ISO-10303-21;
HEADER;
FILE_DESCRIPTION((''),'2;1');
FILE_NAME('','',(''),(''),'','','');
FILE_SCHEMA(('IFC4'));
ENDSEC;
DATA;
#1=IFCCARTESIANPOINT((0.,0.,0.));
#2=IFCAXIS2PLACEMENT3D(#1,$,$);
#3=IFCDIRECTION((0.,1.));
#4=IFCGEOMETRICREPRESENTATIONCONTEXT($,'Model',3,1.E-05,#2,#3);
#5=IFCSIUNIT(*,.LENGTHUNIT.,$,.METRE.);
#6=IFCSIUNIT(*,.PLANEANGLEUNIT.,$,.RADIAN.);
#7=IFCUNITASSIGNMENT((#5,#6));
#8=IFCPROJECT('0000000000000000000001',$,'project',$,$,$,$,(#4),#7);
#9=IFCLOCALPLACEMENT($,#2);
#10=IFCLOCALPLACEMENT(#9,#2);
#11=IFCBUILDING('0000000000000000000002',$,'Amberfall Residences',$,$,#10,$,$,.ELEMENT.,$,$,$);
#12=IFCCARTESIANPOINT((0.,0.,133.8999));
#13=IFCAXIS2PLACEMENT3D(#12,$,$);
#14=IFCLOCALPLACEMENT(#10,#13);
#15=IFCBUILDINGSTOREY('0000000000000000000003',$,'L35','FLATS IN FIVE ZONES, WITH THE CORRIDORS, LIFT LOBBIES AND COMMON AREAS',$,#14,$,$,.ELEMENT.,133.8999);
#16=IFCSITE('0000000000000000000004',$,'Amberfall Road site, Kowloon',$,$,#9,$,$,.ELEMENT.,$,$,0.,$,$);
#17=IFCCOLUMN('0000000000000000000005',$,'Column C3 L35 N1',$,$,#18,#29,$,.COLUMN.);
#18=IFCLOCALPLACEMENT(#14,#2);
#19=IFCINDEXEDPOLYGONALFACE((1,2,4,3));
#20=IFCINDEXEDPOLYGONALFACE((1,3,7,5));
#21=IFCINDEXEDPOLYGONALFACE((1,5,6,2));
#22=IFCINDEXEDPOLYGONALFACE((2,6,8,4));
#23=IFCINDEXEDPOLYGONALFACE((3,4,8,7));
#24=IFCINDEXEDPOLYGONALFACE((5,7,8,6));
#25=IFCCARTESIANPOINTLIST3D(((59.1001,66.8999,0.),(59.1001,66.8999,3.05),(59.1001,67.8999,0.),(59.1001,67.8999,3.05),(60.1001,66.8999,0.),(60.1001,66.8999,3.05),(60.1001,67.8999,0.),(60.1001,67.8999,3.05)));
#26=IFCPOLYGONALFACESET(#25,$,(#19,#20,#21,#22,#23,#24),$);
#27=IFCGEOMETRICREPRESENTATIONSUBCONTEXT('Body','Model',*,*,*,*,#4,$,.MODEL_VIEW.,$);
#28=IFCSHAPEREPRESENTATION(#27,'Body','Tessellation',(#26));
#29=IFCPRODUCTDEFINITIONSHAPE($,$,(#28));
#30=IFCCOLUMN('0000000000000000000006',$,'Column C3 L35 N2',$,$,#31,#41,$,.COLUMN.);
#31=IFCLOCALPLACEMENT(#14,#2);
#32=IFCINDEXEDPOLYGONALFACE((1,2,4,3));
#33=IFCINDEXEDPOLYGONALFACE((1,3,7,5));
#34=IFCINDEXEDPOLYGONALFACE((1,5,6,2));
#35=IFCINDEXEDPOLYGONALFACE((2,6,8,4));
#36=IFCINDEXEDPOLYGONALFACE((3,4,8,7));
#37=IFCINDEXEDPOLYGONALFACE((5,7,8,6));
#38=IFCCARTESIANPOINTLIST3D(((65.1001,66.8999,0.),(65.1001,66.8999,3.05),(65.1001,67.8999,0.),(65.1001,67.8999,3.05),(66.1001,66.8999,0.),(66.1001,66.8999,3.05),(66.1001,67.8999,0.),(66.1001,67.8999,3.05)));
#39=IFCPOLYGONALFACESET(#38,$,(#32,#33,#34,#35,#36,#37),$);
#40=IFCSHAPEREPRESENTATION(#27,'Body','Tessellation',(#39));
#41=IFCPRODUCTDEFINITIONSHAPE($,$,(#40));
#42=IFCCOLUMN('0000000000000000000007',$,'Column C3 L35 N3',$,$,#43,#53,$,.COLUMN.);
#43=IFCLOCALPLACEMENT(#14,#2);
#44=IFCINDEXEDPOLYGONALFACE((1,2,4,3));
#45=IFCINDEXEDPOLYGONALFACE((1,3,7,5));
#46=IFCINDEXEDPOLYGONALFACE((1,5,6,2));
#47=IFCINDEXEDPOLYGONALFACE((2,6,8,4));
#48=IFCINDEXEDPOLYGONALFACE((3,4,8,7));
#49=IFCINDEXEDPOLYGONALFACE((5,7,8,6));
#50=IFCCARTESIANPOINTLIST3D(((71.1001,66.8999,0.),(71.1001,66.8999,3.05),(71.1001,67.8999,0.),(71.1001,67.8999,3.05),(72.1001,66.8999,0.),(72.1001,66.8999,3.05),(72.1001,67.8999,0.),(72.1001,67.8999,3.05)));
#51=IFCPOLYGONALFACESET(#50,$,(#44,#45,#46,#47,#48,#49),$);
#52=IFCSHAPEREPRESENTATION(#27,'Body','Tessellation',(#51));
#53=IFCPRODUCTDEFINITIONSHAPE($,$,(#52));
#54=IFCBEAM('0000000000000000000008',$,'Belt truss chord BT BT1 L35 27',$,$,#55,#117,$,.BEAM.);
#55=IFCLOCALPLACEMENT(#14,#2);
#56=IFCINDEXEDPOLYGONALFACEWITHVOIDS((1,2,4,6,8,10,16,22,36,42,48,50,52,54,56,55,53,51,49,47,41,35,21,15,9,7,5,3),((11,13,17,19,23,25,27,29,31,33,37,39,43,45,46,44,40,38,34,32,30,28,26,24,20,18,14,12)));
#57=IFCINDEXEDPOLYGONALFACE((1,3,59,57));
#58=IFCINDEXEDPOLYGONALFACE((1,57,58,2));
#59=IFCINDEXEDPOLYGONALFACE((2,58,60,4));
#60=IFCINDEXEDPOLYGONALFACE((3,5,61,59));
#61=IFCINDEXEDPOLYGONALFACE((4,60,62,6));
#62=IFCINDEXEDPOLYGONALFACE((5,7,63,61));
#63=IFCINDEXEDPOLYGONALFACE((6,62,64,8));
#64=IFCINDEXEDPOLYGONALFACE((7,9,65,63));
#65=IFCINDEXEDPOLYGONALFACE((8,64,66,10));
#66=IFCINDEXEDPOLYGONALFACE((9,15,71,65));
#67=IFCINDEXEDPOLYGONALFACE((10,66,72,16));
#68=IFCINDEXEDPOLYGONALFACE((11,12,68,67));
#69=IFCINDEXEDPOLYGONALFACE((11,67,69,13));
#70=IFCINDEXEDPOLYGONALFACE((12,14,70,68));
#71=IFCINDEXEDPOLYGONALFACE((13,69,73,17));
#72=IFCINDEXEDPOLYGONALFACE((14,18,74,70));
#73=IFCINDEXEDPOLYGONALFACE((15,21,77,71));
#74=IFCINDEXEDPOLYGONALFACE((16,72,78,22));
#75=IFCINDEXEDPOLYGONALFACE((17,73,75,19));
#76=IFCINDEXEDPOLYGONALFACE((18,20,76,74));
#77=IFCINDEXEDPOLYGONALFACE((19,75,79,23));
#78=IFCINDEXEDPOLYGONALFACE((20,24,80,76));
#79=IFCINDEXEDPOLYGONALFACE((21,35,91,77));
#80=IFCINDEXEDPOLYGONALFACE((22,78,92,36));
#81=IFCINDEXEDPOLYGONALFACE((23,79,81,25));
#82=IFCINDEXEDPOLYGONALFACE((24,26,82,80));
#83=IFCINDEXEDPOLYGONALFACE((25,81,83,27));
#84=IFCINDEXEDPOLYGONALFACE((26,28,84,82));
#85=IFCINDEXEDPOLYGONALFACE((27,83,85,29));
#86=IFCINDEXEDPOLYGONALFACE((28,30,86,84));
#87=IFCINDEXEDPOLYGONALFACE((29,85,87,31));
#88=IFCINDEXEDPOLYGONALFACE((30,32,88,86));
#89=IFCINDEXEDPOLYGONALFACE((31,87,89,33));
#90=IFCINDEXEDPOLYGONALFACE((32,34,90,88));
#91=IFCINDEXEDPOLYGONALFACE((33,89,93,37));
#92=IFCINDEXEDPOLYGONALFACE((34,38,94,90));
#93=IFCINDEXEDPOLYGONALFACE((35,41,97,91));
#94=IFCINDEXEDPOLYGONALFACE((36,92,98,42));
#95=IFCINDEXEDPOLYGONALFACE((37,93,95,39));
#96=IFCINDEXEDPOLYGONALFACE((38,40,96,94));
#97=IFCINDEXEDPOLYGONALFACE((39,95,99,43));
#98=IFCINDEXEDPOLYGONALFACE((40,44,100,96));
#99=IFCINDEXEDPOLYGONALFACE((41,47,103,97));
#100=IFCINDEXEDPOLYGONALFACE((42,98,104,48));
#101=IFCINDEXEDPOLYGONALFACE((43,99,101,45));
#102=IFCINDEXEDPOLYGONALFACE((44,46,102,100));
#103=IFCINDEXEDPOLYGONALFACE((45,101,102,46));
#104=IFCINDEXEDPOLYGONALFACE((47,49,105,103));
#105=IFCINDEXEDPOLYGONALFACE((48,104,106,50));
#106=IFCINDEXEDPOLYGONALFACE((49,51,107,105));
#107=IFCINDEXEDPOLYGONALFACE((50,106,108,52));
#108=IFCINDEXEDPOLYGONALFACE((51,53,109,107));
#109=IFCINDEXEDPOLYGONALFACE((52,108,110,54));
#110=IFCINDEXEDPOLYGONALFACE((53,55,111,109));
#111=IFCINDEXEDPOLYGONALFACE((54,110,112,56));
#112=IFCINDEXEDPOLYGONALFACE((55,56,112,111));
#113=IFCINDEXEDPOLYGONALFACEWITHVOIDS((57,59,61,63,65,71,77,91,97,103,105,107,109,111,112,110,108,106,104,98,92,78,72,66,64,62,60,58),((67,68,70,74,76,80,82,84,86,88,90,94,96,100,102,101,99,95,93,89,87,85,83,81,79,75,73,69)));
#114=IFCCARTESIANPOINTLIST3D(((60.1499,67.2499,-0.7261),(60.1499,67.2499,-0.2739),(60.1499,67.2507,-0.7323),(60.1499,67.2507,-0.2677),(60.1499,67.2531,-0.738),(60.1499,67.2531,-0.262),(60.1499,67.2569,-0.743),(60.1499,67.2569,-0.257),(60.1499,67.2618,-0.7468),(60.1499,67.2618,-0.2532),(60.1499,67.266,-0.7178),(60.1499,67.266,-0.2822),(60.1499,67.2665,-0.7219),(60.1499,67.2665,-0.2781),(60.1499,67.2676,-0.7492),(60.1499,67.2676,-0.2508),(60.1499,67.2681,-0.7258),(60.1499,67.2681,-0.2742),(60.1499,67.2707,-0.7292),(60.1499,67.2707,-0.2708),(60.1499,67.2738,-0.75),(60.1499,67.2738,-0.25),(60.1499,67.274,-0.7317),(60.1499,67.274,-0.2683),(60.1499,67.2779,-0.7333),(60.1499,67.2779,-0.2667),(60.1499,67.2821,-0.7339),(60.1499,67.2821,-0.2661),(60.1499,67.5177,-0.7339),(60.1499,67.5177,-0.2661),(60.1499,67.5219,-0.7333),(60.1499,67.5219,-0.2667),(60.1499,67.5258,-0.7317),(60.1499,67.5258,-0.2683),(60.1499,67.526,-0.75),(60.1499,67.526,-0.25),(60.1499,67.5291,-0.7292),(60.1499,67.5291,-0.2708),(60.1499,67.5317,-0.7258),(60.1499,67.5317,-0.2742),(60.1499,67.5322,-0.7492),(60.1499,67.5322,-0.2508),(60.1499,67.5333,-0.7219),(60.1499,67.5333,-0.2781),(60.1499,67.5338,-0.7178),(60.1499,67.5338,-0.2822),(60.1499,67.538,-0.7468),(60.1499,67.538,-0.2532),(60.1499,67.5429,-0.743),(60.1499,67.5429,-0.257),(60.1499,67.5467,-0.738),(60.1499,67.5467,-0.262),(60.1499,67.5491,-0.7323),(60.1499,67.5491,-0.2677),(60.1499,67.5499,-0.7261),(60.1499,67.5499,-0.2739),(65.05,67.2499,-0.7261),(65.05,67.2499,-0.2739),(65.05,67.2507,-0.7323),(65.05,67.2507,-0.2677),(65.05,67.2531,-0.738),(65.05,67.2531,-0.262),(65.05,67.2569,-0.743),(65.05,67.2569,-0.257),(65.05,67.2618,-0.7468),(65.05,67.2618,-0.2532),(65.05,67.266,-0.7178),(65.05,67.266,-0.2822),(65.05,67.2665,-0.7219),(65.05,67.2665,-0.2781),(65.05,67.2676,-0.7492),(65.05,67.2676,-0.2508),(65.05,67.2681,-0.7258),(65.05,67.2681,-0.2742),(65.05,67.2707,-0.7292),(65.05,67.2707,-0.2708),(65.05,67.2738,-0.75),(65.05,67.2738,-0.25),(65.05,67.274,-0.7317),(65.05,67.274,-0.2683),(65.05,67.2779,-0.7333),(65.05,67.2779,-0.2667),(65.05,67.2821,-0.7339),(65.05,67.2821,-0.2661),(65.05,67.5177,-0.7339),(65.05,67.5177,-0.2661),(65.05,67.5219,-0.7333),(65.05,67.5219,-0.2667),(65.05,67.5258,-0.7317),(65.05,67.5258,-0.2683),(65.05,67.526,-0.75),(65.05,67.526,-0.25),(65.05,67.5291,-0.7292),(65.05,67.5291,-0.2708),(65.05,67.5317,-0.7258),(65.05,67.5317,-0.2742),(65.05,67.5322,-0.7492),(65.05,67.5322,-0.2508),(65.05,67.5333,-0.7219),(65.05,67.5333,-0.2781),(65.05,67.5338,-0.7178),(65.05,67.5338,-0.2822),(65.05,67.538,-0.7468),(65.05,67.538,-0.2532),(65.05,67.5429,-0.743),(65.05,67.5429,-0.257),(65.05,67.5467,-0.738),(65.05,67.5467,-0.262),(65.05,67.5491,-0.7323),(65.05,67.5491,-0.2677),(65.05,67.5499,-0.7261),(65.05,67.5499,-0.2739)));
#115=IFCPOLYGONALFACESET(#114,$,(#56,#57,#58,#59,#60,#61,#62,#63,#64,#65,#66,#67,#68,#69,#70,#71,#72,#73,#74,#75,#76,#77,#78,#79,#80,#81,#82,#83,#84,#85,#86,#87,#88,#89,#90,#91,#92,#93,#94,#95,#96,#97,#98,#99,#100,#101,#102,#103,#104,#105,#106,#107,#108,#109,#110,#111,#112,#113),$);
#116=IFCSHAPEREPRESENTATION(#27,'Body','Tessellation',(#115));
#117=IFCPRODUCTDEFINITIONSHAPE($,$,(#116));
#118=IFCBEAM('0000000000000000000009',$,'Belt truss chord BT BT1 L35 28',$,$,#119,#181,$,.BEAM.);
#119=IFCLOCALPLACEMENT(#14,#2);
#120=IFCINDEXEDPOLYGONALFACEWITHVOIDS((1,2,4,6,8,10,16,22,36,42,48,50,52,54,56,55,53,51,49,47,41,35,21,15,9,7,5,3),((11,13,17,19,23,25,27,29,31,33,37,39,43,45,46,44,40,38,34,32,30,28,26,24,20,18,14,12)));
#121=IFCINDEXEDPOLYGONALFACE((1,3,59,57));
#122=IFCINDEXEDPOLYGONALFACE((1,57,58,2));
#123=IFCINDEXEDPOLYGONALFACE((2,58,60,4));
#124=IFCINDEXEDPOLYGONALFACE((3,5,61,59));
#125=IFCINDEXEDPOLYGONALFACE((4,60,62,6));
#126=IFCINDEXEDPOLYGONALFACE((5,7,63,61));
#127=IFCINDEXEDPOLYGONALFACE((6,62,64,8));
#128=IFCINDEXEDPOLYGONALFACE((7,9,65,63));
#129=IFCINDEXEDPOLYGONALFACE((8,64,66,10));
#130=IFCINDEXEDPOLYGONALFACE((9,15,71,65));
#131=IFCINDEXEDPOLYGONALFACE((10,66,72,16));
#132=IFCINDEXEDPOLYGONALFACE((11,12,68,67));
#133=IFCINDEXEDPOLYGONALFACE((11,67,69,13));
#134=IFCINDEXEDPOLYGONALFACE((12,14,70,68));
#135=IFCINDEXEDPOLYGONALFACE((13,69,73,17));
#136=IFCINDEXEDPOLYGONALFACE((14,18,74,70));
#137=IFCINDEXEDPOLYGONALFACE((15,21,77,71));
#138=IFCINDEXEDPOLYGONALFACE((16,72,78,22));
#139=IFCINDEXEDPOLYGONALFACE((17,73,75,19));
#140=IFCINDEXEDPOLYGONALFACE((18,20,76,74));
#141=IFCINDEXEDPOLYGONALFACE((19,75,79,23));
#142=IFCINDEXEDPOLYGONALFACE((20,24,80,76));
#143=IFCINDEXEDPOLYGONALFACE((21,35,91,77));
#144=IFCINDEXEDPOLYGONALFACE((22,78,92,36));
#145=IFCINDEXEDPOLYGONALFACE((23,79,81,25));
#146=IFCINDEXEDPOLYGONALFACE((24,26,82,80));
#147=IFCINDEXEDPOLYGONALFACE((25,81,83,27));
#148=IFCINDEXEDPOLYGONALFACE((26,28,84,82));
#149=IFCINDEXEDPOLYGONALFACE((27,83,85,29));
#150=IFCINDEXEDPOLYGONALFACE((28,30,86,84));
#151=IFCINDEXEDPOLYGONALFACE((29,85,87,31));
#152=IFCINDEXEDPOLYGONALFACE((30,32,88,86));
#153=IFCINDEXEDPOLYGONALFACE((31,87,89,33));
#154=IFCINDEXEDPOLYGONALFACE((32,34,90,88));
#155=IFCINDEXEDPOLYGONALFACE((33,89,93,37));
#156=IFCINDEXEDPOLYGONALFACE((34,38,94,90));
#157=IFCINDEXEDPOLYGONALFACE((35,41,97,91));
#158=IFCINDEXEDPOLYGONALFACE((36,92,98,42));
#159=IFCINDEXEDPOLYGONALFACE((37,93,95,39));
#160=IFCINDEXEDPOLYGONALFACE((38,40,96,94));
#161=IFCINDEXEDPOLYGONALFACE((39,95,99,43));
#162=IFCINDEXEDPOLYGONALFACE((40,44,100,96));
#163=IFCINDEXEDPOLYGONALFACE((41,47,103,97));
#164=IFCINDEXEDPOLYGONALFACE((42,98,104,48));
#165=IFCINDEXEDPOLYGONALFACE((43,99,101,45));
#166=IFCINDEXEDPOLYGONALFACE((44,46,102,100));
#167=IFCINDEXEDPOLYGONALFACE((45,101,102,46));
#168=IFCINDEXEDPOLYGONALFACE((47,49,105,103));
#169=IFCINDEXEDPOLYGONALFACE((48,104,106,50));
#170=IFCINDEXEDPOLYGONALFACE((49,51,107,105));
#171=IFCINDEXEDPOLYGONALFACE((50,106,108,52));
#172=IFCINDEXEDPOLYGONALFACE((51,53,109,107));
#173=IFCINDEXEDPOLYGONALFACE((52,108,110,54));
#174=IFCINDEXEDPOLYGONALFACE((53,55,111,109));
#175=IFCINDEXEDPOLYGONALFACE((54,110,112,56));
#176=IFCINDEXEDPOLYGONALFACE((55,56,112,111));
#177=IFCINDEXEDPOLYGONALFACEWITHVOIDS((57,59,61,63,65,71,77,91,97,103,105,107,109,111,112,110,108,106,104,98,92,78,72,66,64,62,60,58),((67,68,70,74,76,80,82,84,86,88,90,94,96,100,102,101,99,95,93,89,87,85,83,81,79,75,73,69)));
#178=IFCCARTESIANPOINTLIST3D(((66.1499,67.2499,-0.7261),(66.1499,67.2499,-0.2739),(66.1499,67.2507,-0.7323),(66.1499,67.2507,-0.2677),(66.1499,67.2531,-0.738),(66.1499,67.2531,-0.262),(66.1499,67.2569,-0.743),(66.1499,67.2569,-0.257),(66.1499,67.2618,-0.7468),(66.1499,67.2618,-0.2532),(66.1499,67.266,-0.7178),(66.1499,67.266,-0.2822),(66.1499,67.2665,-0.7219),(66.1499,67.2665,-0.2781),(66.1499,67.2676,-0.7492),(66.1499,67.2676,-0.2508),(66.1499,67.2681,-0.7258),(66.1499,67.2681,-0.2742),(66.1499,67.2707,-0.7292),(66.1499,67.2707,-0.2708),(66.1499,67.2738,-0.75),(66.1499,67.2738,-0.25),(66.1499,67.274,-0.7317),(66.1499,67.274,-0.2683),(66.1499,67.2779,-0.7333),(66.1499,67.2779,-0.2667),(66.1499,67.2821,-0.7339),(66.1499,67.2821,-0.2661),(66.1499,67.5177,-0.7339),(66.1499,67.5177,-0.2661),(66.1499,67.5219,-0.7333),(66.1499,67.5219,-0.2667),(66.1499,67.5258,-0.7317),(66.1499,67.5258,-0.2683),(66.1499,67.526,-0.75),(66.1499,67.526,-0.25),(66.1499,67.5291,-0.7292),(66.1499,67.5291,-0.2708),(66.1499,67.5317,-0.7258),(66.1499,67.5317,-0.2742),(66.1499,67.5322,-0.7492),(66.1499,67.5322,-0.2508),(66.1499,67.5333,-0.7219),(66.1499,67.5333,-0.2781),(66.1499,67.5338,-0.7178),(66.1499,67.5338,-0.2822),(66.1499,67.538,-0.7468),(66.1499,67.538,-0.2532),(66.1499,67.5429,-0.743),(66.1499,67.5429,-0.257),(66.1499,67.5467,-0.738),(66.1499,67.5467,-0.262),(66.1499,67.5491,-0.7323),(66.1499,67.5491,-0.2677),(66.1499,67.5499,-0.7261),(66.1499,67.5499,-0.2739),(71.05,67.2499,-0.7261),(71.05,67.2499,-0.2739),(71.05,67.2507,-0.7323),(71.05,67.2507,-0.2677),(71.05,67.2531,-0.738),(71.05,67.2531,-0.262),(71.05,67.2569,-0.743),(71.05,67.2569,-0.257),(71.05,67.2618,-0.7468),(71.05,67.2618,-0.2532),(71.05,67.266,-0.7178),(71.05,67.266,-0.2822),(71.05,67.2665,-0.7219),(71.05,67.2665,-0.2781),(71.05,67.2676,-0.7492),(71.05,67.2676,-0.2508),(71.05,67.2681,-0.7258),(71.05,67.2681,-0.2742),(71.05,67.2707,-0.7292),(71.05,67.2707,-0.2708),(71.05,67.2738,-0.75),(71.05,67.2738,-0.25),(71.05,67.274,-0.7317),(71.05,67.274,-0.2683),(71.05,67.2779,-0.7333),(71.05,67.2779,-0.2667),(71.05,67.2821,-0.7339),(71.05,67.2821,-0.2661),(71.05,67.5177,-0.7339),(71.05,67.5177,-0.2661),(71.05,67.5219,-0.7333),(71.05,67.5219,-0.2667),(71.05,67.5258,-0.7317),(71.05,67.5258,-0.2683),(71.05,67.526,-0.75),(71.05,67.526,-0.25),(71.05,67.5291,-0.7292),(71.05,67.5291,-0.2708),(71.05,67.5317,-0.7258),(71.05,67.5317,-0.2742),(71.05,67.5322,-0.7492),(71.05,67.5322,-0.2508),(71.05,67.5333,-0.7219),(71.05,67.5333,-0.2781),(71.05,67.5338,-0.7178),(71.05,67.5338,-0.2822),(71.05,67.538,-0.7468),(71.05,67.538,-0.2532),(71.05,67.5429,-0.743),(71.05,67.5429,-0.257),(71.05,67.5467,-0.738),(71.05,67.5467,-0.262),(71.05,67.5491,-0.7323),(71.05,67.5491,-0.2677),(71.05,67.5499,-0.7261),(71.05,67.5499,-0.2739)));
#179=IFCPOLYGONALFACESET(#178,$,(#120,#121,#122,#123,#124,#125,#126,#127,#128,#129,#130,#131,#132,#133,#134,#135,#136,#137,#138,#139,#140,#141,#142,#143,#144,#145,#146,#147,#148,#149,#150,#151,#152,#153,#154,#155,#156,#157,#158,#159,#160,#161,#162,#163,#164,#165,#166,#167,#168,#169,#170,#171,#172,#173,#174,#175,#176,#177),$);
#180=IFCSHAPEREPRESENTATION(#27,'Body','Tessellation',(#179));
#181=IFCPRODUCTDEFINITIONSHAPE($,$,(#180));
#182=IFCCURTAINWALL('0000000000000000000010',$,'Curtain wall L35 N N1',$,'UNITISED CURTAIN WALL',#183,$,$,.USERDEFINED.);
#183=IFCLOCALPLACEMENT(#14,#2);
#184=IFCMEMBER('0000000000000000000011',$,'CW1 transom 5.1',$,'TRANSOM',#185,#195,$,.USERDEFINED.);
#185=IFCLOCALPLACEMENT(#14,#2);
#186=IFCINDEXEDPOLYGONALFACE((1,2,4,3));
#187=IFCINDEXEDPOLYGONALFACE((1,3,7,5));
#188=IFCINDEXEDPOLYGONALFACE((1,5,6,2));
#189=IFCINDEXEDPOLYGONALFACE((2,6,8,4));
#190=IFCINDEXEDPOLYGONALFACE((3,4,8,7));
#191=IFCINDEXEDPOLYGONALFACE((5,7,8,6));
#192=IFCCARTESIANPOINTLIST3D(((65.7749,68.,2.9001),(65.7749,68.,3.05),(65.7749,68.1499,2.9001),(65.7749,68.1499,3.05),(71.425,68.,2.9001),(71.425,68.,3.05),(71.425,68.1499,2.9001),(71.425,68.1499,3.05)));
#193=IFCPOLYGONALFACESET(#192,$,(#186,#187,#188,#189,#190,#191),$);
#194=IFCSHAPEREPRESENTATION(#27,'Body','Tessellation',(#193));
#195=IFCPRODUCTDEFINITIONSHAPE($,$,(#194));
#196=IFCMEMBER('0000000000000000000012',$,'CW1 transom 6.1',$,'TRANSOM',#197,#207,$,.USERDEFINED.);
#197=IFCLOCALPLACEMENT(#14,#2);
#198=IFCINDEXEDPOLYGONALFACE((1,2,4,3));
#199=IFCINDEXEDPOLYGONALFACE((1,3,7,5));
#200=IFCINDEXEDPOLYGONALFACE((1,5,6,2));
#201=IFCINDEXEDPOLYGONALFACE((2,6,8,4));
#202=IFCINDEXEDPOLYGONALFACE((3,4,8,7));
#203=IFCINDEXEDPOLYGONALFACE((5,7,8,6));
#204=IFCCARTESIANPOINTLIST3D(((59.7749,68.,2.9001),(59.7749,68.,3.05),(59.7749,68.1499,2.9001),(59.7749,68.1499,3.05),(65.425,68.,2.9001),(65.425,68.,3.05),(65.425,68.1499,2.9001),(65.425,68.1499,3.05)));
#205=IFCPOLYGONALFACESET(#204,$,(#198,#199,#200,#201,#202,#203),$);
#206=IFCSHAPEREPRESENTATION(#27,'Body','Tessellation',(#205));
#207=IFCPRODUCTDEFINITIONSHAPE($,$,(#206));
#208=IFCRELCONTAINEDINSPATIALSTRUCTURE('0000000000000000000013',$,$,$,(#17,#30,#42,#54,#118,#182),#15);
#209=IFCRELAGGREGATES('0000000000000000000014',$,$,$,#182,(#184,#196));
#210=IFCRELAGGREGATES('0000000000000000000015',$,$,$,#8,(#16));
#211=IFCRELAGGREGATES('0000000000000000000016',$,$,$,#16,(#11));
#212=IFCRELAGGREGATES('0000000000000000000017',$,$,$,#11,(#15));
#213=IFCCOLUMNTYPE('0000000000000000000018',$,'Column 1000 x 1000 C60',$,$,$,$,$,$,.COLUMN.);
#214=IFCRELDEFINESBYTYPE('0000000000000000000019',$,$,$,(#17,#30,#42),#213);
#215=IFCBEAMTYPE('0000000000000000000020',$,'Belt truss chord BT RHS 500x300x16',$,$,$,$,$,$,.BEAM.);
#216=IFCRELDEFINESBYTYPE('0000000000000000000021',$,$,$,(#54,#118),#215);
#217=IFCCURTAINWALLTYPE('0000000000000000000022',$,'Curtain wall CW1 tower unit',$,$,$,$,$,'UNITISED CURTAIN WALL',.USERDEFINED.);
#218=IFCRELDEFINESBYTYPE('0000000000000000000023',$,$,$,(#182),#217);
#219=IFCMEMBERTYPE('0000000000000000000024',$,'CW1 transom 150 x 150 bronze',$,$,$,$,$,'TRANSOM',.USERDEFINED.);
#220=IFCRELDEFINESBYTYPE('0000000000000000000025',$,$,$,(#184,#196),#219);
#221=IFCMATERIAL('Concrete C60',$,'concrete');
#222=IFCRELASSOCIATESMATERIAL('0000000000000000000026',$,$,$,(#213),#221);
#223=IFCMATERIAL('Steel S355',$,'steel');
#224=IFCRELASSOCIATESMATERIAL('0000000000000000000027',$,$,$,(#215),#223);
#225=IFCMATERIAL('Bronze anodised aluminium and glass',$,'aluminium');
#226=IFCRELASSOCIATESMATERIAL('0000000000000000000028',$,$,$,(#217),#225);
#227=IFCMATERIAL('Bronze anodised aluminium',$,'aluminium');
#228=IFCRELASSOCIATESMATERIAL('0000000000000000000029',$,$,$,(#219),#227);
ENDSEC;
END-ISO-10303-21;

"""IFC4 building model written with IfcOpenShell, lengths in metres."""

from ifc_helpers import new_model, si_unit, direction, frame, origin, origin_2d, place, context, subcontext, project, spatial, rectangle, hollow_rectangle, extrude, material, material_profile, profile_set, type_object, element, aggregate, save


model = new_model("IFC4")

# Units and contexts
model_context = context("Model", 3, precision=1e-05, world=origin(), true_north=direction((0.0, 1.0)))
body_context = subcontext(model_context, "Body", "Model", "MODEL_VIEW")
ifc_project = project(units=[si_unit("LENGTHUNIT", "METRE"), si_unit("PLANEANGLEUNIT", "RADIAN")], contexts=[model_context])

# Site, building, storey
site_placement = place(None, origin())
site = spatial("IfcSite", under=ifc_project, at=site_placement, Name="Amberfall Road site, Kowloon", CompositionType="ELEMENT", RefElevation=0.0)
building_placement = place(site_placement, origin())
building = spatial("IfcBuilding", under=site, at=building_placement, Name="Amberfall Residences", CompositionType="ELEMENT")
storey_placement = place(building_placement, frame((0.0, 0.0, 133.8999)))
storey = spatial("IfcBuildingStorey", under=building, at=storey_placement, Name="L35", Description="FLATS IN FIVE ZONES, WITH THE CORRIDORS, LIFT LOBBIES AND COMMON AREAS", CompositionType="ELEMENT", Elevation=133.8999)

# Columns
ifc_material_1 = material(Name="Concrete C60", Category="concrete")
ifc_material_profile_1 = material_profile(ifc_material_1, rectangle(XDim=1.0, YDim=1.0, at=origin_2d()), Name="Column 1000 x 1000 C60")
ifc_profile_set_1 = profile_set([ifc_material_profile_1], Name="Concrete C60")
column_type = type_object("IfcColumnType", Name="Column 1000 x 1000 C60", PredefinedType="COLUMN", material=ifc_profile_set_1)
for number, where, z_axis, x_axis, name in (
    (1, (59.6001, 67.3999, 0.0), (0.0, 0.0, 1.0), (1.0, 0.0, 0.0), "Column C3 L35 N1"),
    (2, (65.6001, 67.3999, 0.0), (0.0, 0.0, 1.0), (1.0, 0.0, 0.0), "Column C3 L35 N2"),
    (3, (71.6001, 67.3999, 0.0), (0.0, 0.0, 1.0), (1.0, 0.0, 0.0), "Column C3 L35 N3"),
):
    element("IfcColumn", number, at=place(storey_placement, frame(where, z_axis=z_axis, x_axis=x_axis)), inside=storey, type_object=column_type, Name=name, PredefinedType="COLUMN", context=body_context, shape_type="SweptSolid", body=[
        extrude(rectangle(XDim=1.0, YDim=1.0, at=origin_2d()), origin(), (0.0, 0.0, 1.0), 3.05),
    ])

# Beams
ifc_material_2 = material(Name="Steel S355", Category="steel")
ifc_material_profile_2 = material_profile(ifc_material_2, hollow_rectangle(XDim=0.3, YDim=0.5, WallThickness=0.0161, InnerFilletRadius=0.0161, OuterFilletRadius=0.0239, at=origin_2d()), Name="RHS 500x300x16")
ifc_profile_set_2 = profile_set([ifc_material_profile_2], Name="Steel S355")
beam_type_1 = type_object("IfcBeamType", Name="Belt truss chord BT RHS 500x300x16", PredefinedType="BEAM", material=ifc_profile_set_2)
for number, where, z_axis, x_axis, name in (
    (4, (60.1499, 67.3999, -0.5), (1.0, 0.0, 0.0), (0.0, 1.0, 0.0), "Belt truss chord BT BT1 L35 27"),
    (5, (66.1499, 67.3999, -0.5), (1.0, 0.0, 0.0), (0.0, 1.0, 0.0), "Belt truss chord BT BT1 L35 28"),
):
    element("IfcBeam", number, at=place(storey_placement, frame(where, z_axis=z_axis, x_axis=x_axis)), inside=storey, type_object=beam_type_1, Name=name, PredefinedType="BEAM", context=body_context, shape_type="SweptSolid", body=[
        extrude(hollow_rectangle(XDim=0.3, YDim=0.5, WallThickness=0.0161, InnerFilletRadius=0.0161, OuterFilletRadius=0.0239, at=origin_2d()), origin(), (0.0, 0.0, 1.0), 4.9001),
    ])

# Curtain wall, members
ifc_material_3 = material(Name="Bronze anodised aluminium and glass", Category="aluminium")
curtain_wall_type = type_object("IfcCurtainWallType", Name="Curtain wall CW1 tower unit", ElementType="UNITISED CURTAIN WALL", PredefinedType="USERDEFINED", material=ifc_material_3)
curtain_wall_placement = place(storey_placement, origin())
curtain_wall = element("IfcCurtainWall", 6, at=curtain_wall_placement, inside=storey, type_object=curtain_wall_type, Name="Curtain wall L35 N N1", ObjectType="UNITISED CURTAIN WALL", PredefinedType="USERDEFINED")
ifc_material_4 = material(Name="Bronze anodised aluminium", Category="aluminium")
ifc_material_profile_3 = material_profile(ifc_material_4, rectangle(XDim=0.1499, YDim=0.1499, at=origin_2d()), Name="CW1 transom 150 x 150 bronze")
ifc_profile_set_3 = profile_set([ifc_material_profile_3], Name="Bronze anodised aluminium")
member_type_1 = type_object("IfcMemberType", Name="CW1 transom 150 x 150 bronze", ElementType="TRANSOM", PredefinedType="USERDEFINED", material=ifc_profile_set_3)
member_1_placement = place(storey_placement, frame((71.425, 68.075, 2.9751), z_axis=(-1.0, 0.0, 0.0), x_axis=(0.0, -1.0, 0.0)))
member_1 = element("IfcMember", 7, at=member_1_placement, type_object=member_type_1, Name="CW1 transom 5.1", ObjectType="TRANSOM", PredefinedType="USERDEFINED", context=body_context, shape_type="SweptSolid", body=[
    extrude(rectangle(XDim=0.1499, YDim=0.1499, at=origin_2d()), origin(), (0.0, 0.0, 1.0), 5.6501),
])
member_2_placement = place(storey_placement, frame((65.425, 68.075, 2.9751), z_axis=(-1.0, 0.0, 0.0), x_axis=(0.0, -1.0, 0.0)))
member_2 = element("IfcMember", 8, at=member_2_placement, type_object=member_type_1, Name="CW1 transom 6.1", ObjectType="TRANSOM", PredefinedType="USERDEFINED", context=body_context, shape_type="SweptSolid", body=[
    extrude(rectangle(XDim=0.1499, YDim=0.1499, at=origin_2d()), origin(), (0.0, 0.0, 1.0), 5.6501),
])

aggregate(curtain_wall, [member_1, member_2])

save(model, "model.ifc")
